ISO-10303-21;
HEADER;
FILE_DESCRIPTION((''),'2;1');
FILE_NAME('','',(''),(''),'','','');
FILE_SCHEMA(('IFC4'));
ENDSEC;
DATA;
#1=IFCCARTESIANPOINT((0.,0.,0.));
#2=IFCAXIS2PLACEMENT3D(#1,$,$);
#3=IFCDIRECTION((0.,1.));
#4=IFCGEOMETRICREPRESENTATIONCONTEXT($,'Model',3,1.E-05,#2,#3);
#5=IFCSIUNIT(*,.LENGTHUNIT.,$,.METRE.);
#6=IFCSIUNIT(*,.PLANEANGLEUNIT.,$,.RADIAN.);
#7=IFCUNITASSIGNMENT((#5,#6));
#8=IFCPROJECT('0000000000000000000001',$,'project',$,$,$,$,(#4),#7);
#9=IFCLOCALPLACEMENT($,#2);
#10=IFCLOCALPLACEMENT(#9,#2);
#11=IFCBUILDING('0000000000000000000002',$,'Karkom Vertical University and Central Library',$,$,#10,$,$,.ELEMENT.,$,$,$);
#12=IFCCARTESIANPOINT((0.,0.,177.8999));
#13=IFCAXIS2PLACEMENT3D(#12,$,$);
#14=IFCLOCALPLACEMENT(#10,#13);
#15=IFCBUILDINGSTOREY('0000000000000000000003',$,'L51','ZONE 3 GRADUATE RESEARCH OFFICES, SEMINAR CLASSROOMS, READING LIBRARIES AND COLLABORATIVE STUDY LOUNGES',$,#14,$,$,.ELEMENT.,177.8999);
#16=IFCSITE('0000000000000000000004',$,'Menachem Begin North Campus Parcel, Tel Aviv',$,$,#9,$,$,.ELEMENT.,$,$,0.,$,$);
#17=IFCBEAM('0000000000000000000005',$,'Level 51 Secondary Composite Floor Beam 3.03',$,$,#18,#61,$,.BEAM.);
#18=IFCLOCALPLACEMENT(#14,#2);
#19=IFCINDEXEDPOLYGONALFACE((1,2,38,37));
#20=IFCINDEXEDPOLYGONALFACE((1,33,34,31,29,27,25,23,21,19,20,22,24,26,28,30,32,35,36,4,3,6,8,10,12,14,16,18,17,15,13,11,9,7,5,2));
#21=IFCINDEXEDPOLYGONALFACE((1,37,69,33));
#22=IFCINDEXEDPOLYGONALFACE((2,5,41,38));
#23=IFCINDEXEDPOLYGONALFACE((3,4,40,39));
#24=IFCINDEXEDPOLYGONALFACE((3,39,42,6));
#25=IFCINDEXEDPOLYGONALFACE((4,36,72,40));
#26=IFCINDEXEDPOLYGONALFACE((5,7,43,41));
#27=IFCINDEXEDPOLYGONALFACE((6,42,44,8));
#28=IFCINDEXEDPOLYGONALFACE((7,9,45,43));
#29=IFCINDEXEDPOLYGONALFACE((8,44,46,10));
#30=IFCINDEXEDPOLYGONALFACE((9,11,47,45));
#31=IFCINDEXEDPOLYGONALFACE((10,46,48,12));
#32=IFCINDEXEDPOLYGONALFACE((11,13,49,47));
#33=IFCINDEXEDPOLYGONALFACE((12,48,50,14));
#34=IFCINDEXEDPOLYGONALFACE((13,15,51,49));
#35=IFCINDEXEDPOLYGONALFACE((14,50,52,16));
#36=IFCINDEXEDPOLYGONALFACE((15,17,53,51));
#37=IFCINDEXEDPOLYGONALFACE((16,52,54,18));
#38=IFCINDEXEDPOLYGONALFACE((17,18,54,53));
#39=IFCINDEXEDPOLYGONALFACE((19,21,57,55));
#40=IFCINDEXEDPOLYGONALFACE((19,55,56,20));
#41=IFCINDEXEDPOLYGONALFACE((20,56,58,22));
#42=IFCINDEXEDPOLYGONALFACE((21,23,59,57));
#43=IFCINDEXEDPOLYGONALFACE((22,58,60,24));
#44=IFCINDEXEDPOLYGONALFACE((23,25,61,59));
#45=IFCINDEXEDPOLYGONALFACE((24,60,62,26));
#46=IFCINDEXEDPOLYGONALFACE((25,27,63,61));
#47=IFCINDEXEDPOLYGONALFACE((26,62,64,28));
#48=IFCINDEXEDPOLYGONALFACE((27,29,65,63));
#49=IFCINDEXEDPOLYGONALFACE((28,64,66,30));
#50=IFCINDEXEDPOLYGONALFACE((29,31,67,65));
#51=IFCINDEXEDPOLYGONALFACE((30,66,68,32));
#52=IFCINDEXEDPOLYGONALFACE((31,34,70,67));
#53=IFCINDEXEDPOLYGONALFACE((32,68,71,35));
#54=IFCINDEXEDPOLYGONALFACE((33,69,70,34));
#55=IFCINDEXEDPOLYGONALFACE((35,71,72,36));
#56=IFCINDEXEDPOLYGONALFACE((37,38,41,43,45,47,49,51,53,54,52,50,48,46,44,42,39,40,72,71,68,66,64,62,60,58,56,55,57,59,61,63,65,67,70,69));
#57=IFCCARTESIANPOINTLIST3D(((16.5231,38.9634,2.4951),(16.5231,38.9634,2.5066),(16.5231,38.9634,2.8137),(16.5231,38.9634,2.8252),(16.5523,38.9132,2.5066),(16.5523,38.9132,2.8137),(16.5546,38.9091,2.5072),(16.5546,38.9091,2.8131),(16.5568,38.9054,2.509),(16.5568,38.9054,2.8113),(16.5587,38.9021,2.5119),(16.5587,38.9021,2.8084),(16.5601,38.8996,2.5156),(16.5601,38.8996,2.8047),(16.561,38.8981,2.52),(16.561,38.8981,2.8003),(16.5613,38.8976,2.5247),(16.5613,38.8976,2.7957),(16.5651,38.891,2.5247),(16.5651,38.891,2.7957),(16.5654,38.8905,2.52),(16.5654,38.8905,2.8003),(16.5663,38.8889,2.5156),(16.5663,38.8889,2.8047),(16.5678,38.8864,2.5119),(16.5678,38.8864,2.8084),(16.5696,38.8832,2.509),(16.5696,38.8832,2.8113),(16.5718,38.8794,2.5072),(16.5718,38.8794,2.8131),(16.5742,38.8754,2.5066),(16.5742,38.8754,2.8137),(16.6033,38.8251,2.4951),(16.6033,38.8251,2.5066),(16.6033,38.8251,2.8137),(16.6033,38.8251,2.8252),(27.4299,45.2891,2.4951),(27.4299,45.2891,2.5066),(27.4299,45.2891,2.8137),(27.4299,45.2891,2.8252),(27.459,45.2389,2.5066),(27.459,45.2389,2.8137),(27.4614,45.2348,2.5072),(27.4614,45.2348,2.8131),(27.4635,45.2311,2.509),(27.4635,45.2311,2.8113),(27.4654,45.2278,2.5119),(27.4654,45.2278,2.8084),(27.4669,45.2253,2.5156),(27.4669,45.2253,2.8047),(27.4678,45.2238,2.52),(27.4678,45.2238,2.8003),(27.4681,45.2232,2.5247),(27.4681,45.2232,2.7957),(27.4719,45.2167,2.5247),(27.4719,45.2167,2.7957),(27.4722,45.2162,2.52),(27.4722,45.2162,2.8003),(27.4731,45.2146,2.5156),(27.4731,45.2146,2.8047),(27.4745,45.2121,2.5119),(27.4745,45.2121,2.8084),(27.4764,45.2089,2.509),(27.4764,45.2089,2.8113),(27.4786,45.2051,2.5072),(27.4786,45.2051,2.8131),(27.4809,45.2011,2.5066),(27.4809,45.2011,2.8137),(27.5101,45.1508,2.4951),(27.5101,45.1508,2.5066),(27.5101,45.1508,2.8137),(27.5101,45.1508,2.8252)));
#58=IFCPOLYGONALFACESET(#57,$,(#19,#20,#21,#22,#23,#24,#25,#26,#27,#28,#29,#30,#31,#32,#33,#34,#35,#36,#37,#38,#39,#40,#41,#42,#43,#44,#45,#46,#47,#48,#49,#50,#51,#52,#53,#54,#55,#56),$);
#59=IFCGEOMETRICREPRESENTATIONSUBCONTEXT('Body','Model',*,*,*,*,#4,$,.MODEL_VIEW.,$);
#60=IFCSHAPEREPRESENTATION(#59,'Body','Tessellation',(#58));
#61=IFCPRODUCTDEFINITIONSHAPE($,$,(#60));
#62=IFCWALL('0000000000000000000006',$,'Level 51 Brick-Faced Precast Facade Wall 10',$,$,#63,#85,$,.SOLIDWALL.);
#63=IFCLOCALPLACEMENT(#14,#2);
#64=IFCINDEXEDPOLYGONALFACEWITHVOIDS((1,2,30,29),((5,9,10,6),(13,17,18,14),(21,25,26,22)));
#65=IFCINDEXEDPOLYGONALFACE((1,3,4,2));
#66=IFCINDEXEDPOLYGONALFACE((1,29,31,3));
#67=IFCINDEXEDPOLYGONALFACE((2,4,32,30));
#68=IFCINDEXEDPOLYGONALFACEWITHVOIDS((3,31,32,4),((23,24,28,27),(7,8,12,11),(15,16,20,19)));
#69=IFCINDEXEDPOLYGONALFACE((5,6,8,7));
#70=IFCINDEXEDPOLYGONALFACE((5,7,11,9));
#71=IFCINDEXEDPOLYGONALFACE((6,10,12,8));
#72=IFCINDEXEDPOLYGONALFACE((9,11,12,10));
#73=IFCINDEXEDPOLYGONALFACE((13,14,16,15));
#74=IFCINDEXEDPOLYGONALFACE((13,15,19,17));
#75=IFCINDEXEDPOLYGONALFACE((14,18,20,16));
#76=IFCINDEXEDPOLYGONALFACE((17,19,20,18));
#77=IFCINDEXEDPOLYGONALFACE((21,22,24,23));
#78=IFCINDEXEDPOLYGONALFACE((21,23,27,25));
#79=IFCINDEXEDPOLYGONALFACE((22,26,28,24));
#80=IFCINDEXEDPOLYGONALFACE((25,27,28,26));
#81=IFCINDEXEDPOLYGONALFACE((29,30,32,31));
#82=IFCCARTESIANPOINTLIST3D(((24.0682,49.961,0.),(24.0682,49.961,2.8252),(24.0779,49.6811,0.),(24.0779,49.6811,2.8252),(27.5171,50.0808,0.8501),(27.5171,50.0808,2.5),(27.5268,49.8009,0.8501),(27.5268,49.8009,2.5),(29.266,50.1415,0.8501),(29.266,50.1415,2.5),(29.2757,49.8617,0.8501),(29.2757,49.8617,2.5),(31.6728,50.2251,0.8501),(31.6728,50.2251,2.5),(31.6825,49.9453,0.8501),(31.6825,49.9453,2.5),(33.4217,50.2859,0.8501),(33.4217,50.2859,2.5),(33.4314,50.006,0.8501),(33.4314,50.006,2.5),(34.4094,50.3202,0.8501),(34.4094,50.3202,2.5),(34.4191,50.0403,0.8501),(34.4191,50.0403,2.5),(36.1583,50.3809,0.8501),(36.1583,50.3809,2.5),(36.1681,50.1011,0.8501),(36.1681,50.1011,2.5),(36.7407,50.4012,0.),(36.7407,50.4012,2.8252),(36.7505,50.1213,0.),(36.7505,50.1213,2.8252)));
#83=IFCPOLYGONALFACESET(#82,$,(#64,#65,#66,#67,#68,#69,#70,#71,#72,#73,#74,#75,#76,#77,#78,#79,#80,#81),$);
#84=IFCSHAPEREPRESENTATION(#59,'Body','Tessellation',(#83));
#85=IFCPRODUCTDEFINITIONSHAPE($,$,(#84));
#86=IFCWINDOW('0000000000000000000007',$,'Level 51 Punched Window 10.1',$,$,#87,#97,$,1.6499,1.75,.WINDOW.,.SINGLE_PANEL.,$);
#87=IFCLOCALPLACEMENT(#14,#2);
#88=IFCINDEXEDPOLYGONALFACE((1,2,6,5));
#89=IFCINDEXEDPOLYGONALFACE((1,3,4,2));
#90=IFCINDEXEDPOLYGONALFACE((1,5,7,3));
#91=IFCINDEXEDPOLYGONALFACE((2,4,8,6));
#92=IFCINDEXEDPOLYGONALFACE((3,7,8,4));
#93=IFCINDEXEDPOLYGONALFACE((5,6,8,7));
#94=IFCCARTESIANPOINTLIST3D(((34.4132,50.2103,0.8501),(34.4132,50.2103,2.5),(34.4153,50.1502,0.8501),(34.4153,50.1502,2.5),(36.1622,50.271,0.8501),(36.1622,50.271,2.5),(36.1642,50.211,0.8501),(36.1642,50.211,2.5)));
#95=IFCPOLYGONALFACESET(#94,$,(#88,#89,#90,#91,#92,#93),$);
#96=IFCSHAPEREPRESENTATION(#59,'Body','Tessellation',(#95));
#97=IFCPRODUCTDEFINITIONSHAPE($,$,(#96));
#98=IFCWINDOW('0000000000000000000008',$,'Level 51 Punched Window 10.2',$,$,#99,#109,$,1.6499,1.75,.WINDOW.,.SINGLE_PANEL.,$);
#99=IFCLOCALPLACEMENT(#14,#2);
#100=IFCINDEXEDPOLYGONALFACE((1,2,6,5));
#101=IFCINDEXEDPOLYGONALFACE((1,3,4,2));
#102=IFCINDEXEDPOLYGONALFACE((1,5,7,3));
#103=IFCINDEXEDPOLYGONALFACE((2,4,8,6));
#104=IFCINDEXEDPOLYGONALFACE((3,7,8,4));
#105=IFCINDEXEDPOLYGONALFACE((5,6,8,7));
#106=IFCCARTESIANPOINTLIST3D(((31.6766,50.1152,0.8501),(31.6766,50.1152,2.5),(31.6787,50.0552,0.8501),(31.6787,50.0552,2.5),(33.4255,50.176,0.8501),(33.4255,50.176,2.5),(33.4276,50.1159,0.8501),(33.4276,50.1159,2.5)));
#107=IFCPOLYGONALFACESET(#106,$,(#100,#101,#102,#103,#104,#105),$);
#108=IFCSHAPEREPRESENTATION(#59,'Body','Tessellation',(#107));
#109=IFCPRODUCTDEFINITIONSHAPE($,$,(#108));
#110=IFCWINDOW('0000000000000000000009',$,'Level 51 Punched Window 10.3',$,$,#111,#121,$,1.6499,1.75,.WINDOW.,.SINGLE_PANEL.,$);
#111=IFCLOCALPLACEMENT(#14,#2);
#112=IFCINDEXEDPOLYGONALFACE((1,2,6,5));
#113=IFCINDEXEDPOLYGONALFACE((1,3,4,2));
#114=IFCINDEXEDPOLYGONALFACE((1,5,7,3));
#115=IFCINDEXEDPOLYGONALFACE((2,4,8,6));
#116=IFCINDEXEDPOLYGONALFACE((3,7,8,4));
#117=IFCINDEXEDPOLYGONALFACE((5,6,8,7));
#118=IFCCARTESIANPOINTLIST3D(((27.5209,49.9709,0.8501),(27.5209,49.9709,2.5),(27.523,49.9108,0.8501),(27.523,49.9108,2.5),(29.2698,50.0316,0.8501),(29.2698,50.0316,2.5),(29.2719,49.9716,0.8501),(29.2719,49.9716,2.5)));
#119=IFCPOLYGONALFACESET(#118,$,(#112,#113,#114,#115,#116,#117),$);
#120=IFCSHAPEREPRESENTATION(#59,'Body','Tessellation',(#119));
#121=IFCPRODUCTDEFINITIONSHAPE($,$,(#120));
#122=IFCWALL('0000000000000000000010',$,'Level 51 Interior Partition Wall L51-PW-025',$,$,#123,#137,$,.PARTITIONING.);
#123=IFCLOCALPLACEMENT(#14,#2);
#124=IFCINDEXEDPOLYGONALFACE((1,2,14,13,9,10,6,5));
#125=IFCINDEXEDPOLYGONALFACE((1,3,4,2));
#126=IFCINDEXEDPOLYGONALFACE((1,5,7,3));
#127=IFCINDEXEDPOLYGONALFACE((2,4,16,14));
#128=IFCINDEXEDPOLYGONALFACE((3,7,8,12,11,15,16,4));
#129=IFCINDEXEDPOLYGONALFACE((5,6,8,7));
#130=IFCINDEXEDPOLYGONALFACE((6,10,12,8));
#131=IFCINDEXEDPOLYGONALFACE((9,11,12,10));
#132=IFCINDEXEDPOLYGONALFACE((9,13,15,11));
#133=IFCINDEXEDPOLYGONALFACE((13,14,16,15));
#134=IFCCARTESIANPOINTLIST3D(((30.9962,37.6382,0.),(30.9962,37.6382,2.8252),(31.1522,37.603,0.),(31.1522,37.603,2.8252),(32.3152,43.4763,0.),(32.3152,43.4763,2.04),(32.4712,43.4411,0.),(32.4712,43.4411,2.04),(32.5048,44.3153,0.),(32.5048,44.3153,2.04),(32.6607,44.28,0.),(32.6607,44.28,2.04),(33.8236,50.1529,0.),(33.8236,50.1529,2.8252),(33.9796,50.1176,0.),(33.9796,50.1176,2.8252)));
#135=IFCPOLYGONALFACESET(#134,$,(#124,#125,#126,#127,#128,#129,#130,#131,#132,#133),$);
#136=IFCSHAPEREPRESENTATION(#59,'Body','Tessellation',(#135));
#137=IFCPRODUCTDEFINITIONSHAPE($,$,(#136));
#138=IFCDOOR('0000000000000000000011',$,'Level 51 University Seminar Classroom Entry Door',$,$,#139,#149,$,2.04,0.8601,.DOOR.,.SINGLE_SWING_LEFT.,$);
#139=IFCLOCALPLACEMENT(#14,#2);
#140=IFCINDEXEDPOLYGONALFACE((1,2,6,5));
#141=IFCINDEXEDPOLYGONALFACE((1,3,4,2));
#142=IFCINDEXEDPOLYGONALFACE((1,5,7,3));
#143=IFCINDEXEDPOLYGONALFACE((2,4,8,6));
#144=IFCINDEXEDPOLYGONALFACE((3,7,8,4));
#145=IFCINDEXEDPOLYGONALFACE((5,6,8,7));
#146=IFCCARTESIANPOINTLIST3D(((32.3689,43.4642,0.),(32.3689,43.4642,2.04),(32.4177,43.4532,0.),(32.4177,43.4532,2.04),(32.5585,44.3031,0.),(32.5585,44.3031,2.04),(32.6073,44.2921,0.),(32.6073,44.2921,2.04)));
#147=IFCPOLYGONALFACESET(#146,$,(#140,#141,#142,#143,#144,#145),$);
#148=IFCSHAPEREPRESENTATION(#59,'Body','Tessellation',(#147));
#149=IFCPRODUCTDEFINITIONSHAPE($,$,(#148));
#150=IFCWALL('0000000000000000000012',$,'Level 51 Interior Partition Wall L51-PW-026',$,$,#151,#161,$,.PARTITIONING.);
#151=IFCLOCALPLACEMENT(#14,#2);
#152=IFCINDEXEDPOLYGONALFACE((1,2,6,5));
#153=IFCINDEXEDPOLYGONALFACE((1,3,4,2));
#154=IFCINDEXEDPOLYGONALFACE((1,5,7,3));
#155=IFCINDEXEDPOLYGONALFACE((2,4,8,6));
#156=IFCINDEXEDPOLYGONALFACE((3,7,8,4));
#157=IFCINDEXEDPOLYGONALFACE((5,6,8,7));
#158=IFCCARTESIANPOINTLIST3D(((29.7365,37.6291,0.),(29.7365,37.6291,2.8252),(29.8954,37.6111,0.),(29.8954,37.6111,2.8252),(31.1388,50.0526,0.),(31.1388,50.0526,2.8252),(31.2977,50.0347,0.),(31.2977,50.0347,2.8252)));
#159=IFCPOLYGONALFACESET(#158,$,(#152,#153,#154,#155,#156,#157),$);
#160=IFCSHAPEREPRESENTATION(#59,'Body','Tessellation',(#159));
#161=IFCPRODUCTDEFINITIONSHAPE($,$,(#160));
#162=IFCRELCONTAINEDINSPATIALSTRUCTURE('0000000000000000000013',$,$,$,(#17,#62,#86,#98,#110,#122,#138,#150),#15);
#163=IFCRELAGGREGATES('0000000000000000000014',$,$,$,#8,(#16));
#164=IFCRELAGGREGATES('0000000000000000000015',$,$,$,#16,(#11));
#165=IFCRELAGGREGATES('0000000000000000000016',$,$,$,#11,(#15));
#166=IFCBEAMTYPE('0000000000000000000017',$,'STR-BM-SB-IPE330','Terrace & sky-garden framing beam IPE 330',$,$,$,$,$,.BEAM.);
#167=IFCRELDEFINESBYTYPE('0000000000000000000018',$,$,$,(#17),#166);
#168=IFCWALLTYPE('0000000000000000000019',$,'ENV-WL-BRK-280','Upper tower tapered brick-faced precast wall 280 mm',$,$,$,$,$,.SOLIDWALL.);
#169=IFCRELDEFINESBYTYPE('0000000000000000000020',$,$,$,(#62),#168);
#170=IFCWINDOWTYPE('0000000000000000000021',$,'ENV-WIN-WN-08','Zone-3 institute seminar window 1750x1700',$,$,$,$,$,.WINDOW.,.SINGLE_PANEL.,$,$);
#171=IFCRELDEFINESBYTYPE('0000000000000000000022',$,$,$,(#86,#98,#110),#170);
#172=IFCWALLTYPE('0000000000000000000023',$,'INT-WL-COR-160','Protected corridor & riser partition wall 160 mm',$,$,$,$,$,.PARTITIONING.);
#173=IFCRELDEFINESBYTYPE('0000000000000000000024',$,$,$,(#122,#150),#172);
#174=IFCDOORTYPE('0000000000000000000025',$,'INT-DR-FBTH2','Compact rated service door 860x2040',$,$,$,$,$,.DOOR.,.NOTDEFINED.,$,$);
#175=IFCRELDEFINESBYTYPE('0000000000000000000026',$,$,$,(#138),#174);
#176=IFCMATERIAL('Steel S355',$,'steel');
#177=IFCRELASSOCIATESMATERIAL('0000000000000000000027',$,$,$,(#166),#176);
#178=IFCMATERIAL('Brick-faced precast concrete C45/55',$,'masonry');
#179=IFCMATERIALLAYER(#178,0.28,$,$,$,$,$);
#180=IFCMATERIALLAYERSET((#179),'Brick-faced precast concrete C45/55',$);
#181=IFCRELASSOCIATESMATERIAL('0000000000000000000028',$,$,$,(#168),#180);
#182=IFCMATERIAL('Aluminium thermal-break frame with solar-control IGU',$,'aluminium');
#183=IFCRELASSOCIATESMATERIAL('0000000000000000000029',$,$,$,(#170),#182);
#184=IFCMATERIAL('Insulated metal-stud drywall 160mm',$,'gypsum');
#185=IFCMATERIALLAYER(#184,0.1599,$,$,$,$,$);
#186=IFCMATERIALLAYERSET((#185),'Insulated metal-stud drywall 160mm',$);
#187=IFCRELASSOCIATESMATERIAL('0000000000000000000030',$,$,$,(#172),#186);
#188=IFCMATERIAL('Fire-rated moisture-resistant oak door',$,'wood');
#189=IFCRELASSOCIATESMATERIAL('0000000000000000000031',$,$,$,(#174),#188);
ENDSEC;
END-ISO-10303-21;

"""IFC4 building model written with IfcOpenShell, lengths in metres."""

from ifc_helpers import new_model, si_unit, direction, frame, frame_2d, origin, origin_with_axes, origin_2d, place, context, subcontext, project, spatial, rectangle, i_section, extrude, source, transform, mapped, material, layer, layer_set, material_profile, profile_set, type_object, element, fill, save


model = new_model("IFC4")

# Units and contexts
model_context = context("Model", 3, precision=1e-05, world=origin(), true_north=direction((0.0, 1.0)))
body_context = subcontext(model_context, "Body", "Model", "MODEL_VIEW")
ifc_project = project(units=[si_unit("LENGTHUNIT", "METRE"), si_unit("PLANEANGLEUNIT", "RADIAN")], contexts=[model_context])

# Site, building, storey
site_placement = place(None, origin())
site = spatial("IfcSite", under=ifc_project, at=site_placement, Name="Menachem Begin North Campus Parcel, Tel Aviv", CompositionType="ELEMENT", RefElevation=0.0)
building_placement = place(site_placement, origin())
building = spatial("IfcBuilding", under=site, at=building_placement, Name="Karkom Vertical University and Central Library", CompositionType="ELEMENT")
storey_placement = place(building_placement, frame((0.0, 0.0, 177.8999)))
storey = spatial("IfcBuildingStorey", under=building, at=storey_placement, Name="L51", Description="ZONE 3 GRADUATE RESEARCH OFFICES, SEMINAR CLASSROOMS, READING LIBRARIES AND COLLABORATIVE STUDY LOUNGES", CompositionType="ELEMENT", Elevation=177.8999)

# Beam
ifc_material_1 = material(Name="Steel S355", Category="steel")
ifc_material_profile_1 = material_profile(ifc_material_1, i_section(OverallWidth=0.1599, OverallDepth=0.3301, WebThickness=0.0076, FlangeThickness=0.0115, FilletRadius=0.0181, at=origin_2d()), Name="IPE 330")
ifc_profile_set_1 = profile_set([ifc_material_profile_1], Name="Steel S355")
beam_type_1 = type_object("IfcBeamType", Name="STR-BM-SB-IPE330", Description="Terrace & sky-garden framing beam IPE 330", PredefinedType="BEAM", material=ifc_profile_set_1)
shared_shape_1 = source(origin_with_axes(), body_context, "Body", "SweptSolid", [
    extrude(i_section(OverallWidth=0.1599, OverallDepth=0.3301, WebThickness=0.0076, FlangeThickness=0.0115, FilletRadius=0.0181, at=origin_2d()), origin(), (0.0, 0.0, 1.0), 12.6084),
])
beam_1_placement = place(storey_placement, frame((27.47, 45.22, 2.6602), z_axis=(-0.865039, -0.501705, 0.0), x_axis=(0.501705, -0.865039, 0.0)))
element("IfcBeam", 1, at=beam_1_placement, inside=storey, type_object=beam_type_1, Name="Level 51 Secondary Composite Floor Beam 3.03", PredefinedType="BEAM", context=body_context, shape_type="MappedRepresentation", body=[
    mapped(shared_shape_1, transform((0.0, 0.0, 0.0), scale=1.0)),
])

# Wall, openings, windows
ifc_material_2 = material(Name="Brick-faced precast concrete C45/55", Category="masonry")
ifc_layer_1 = layer(ifc_material_2, 0.28)
ifc_layer_set_1 = layer_set([ifc_layer_1], Name="Brick-faced precast concrete C45/55")
wall_type_1 = type_object("IfcWallType", Name="ENV-WL-BRK-280", Description="Upper tower tapered brick-faced precast wall 280 mm", PredefinedType="SOLIDWALL", material=ifc_layer_set_1)
wall_1_placement = place(storey_placement, frame((36.7456, 50.2612, 0.0), z_axis=(0.0, 0.0, 1.0), x_axis=(-0.999397, -0.034714, 0.0)))
wall_1 = element("IfcWall", 2, at=wall_1_placement, inside=storey, type_object=wall_type_1, Name="Level 51 Brick-Faced Precast Facade Wall 10", PredefinedType="SOLIDWALL", context=body_context, shape_type="SweptSolid", body=[
    extrude(rectangle(XDim=12.6802, YDim=0.28, at=frame_2d((6.3401, 0.0))), origin(), (0.0, 0.0, 1.0), 2.8252),
])
opening_1_placement = place(wall_1_placement, frame((0.5828, 0.0, 0.8501)))
opening_1 = element("IfcOpeningElement", 3, at=opening_1_placement, cuts=wall_1, PredefinedType="OPENING", context=body_context, shape_type="SweptSolid", body=[
    extrude(rectangle(XDim=1.75, YDim=1.6499, at=frame_2d((0.875, 0.825))), frame((0.0, 0.1499, 0.0), z_axis=(0.0, -1.0, 0.0), x_axis=(1.0, 0.0, 0.0)), (0.0, 0.0, 1.0), 0.3),
])
opening_2_placement = place(wall_1_placement, frame((3.321, 0.0, 0.8501)))
opening_2 = element("IfcOpeningElement", 4, at=opening_2_placement, cuts=wall_1, PredefinedType="OPENING", context=body_context, shape_type="SweptSolid", body=[
    extrude(rectangle(XDim=1.75, YDim=1.6499, at=frame_2d((0.875, 0.825))), frame((0.0, 0.1499, 0.0), z_axis=(0.0, -1.0, 0.0), x_axis=(1.0, 0.0, 0.0)), (0.0, 0.0, 1.0), 0.3),
])
opening_3_placement = place(wall_1_placement, frame((7.4792, 0.0, 0.8501)))
opening_3 = element("IfcOpeningElement", 5, at=opening_3_placement, cuts=wall_1, PredefinedType="OPENING", context=body_context, shape_type="SweptSolid", body=[
    extrude(rectangle(XDim=1.75, YDim=1.6499, at=frame_2d((0.875, 0.825))), frame((0.0, 0.1499, 0.0), z_axis=(0.0, -1.0, 0.0), x_axis=(1.0, 0.0, 0.0)), (0.0, 0.0, 1.0), 0.3),
])
ifc_material_3 = material(Name="Aluminium thermal-break frame with solar-control IGU", Category="aluminium")
window_type = type_object("IfcWindowType", Name="ENV-WIN-WN-08", Description="Zone-3 institute seminar window 1750x1700", PartitioningType="SINGLE_PANEL", PredefinedType="WINDOW", material=ifc_material_3)
shared_shape_2 = source(origin_with_axes(), body_context, "Body", "SweptSolid", [
    extrude(rectangle(XDim=1.75, YDim=1.6499, at=frame_2d((0.875, 0.825))), frame((0.0, 0.03, 0.0), z_axis=(0.0, -1.0, 0.0), x_axis=(1.0, 0.0, 0.0)), (0.0, 0.0, 1.0), 0.0601),
])
window_1_placement = place(opening_1_placement, origin())
window_1 = element("IfcWindow", 6, at=window_1_placement, inside=storey, type_object=window_type, Name="Level 51 Punched Window 10.1", OverallHeight=1.6499, OverallWidth=1.75, PartitioningType="SINGLE_PANEL", PredefinedType="WINDOW", context=body_context, shape_type="MappedRepresentation", body=[
    mapped(shared_shape_2, transform((0.0, 0.0, 0.0), scale=1.0)),
])
fill(opening_1, window_1)
window_2_placement = place(opening_2_placement, origin())
window_2 = element("IfcWindow", 7, at=window_2_placement, inside=storey, type_object=window_type, Name="Level 51 Punched Window 10.2", OverallHeight=1.6499, OverallWidth=1.75, PartitioningType="SINGLE_PANEL", PredefinedType="WINDOW", context=body_context, shape_type="MappedRepresentation", body=[
    mapped(shared_shape_2, transform((0.0, 0.0, 0.0), scale=1.0)),
])
fill(opening_2, window_2)
window_3_placement = place(opening_3_placement, origin())
window_3 = element("IfcWindow", 8, at=window_3_placement, inside=storey, type_object=window_type, Name="Level 51 Punched Window 10.3", OverallHeight=1.6499, OverallWidth=1.75, PartitioningType="SINGLE_PANEL", PredefinedType="WINDOW", context=body_context, shape_type="MappedRepresentation", body=[
    mapped(shared_shape_2, transform((0.0, 0.0, 0.0), scale=1.0)),
])
fill(opening_3, window_3)

# Wall, opening, door
ifc_material_4 = material(Name="Insulated metal-stud drywall 160mm", Category="gypsum")
ifc_layer_2 = layer(ifc_material_4, 0.1599)
ifc_layer_set_2 = layer_set([ifc_layer_2], Name="Insulated metal-stud drywall 160mm")
wall_type_2 = type_object("IfcWallType", Name="INT-WL-COR-160", Description="Protected corridor & riser partition wall 160 mm", PredefinedType="PARTITIONING", material=ifc_layer_set_2)
wall_2_placement = place(storey_placement, frame((31.0742, 37.6206, 0.0), z_axis=(0.0, 0.0, 1.0), x_axis=(0.220372, 0.975416, 0.0)))
wall_2 = element("IfcWall", 9, at=wall_2_placement, inside=storey, type_object=wall_type_2, Name="Level 51 Interior Partition Wall L51-PW-025", PredefinedType="PARTITIONING", context=body_context, shape_type="SweptSolid", body=[
    extrude(rectangle(XDim=12.8301, YDim=0.1599, at=frame_2d((6.415, 0.0))), origin(), (0.0, 0.0, 1.0), 2.8252),
])
opening_4_placement = place(wall_2_placement, frame((5.9851, 0.0, 0.0)))
opening_4 = element("IfcOpeningElement", 10, at=opening_4_placement, cuts=wall_2, PredefinedType="OPENING", context=body_context, shape_type="SweptSolid", body=[
    extrude(rectangle(XDim=0.8601, YDim=2.04, at=frame_2d((0.4302, 1.02))), frame((0.0, 0.0898, 0.0), z_axis=(0.0, -1.0, 0.0), x_axis=(1.0, 0.0, 0.0)), (0.0, 0.0, 1.0), 0.1799),
])
ifc_material_5 = material(Name="Fire-rated moisture-resistant oak door", Category="wood")
door_type = type_object("IfcDoorType", Name="INT-DR-FBTH2", Description="Compact rated service door 860x2040", OperationType="NOTDEFINED", PredefinedType="DOOR", material=ifc_material_5)
shared_shape_3 = source(origin_with_axes(), body_context, "Body", "SweptSolid", [
    extrude(rectangle(XDim=0.8601, YDim=2.04, at=frame_2d((0.4302, 1.02))), frame((0.0, 0.0249, 0.0), z_axis=(0.0, -1.0, 0.0), x_axis=(1.0, 0.0, 0.0)), (0.0, 0.0, 1.0), 0.05),
])
door_placement = place(opening_4_placement, origin())
door = element("IfcDoor", 11, at=door_placement, inside=storey, type_object=door_type, Name="Level 51 University Seminar Classroom Entry Door", OperationType="SINGLE_SWING_LEFT", OverallHeight=2.04, OverallWidth=0.8601, PredefinedType="DOOR", context=body_context, shape_type="MappedRepresentation", body=[
    mapped(shared_shape_3, transform((0.0, 0.0, 0.0), scale=1.0)),
])
fill(opening_4, door)

# Wall
wall_3_placement = place(storey_placement, frame((29.8159, 37.6201, 0.0), z_axis=(0.0, 0.0, 1.0), x_axis=(0.112165, 0.99369, 0.0)))
element("IfcWall", 12, at=wall_3_placement, inside=storey, type_object=wall_type_2, Name="Level 51 Interior Partition Wall L51-PW-026", PredefinedType="PARTITIONING", context=body_context, shape_type="SweptSolid", body=[
    extrude(rectangle(XDim=12.5024, YDim=0.1599, at=frame_2d((6.2512, 0.0))), origin(), (0.0, 0.0, 1.0), 2.8252),
])

save(model, "model.ifc")
